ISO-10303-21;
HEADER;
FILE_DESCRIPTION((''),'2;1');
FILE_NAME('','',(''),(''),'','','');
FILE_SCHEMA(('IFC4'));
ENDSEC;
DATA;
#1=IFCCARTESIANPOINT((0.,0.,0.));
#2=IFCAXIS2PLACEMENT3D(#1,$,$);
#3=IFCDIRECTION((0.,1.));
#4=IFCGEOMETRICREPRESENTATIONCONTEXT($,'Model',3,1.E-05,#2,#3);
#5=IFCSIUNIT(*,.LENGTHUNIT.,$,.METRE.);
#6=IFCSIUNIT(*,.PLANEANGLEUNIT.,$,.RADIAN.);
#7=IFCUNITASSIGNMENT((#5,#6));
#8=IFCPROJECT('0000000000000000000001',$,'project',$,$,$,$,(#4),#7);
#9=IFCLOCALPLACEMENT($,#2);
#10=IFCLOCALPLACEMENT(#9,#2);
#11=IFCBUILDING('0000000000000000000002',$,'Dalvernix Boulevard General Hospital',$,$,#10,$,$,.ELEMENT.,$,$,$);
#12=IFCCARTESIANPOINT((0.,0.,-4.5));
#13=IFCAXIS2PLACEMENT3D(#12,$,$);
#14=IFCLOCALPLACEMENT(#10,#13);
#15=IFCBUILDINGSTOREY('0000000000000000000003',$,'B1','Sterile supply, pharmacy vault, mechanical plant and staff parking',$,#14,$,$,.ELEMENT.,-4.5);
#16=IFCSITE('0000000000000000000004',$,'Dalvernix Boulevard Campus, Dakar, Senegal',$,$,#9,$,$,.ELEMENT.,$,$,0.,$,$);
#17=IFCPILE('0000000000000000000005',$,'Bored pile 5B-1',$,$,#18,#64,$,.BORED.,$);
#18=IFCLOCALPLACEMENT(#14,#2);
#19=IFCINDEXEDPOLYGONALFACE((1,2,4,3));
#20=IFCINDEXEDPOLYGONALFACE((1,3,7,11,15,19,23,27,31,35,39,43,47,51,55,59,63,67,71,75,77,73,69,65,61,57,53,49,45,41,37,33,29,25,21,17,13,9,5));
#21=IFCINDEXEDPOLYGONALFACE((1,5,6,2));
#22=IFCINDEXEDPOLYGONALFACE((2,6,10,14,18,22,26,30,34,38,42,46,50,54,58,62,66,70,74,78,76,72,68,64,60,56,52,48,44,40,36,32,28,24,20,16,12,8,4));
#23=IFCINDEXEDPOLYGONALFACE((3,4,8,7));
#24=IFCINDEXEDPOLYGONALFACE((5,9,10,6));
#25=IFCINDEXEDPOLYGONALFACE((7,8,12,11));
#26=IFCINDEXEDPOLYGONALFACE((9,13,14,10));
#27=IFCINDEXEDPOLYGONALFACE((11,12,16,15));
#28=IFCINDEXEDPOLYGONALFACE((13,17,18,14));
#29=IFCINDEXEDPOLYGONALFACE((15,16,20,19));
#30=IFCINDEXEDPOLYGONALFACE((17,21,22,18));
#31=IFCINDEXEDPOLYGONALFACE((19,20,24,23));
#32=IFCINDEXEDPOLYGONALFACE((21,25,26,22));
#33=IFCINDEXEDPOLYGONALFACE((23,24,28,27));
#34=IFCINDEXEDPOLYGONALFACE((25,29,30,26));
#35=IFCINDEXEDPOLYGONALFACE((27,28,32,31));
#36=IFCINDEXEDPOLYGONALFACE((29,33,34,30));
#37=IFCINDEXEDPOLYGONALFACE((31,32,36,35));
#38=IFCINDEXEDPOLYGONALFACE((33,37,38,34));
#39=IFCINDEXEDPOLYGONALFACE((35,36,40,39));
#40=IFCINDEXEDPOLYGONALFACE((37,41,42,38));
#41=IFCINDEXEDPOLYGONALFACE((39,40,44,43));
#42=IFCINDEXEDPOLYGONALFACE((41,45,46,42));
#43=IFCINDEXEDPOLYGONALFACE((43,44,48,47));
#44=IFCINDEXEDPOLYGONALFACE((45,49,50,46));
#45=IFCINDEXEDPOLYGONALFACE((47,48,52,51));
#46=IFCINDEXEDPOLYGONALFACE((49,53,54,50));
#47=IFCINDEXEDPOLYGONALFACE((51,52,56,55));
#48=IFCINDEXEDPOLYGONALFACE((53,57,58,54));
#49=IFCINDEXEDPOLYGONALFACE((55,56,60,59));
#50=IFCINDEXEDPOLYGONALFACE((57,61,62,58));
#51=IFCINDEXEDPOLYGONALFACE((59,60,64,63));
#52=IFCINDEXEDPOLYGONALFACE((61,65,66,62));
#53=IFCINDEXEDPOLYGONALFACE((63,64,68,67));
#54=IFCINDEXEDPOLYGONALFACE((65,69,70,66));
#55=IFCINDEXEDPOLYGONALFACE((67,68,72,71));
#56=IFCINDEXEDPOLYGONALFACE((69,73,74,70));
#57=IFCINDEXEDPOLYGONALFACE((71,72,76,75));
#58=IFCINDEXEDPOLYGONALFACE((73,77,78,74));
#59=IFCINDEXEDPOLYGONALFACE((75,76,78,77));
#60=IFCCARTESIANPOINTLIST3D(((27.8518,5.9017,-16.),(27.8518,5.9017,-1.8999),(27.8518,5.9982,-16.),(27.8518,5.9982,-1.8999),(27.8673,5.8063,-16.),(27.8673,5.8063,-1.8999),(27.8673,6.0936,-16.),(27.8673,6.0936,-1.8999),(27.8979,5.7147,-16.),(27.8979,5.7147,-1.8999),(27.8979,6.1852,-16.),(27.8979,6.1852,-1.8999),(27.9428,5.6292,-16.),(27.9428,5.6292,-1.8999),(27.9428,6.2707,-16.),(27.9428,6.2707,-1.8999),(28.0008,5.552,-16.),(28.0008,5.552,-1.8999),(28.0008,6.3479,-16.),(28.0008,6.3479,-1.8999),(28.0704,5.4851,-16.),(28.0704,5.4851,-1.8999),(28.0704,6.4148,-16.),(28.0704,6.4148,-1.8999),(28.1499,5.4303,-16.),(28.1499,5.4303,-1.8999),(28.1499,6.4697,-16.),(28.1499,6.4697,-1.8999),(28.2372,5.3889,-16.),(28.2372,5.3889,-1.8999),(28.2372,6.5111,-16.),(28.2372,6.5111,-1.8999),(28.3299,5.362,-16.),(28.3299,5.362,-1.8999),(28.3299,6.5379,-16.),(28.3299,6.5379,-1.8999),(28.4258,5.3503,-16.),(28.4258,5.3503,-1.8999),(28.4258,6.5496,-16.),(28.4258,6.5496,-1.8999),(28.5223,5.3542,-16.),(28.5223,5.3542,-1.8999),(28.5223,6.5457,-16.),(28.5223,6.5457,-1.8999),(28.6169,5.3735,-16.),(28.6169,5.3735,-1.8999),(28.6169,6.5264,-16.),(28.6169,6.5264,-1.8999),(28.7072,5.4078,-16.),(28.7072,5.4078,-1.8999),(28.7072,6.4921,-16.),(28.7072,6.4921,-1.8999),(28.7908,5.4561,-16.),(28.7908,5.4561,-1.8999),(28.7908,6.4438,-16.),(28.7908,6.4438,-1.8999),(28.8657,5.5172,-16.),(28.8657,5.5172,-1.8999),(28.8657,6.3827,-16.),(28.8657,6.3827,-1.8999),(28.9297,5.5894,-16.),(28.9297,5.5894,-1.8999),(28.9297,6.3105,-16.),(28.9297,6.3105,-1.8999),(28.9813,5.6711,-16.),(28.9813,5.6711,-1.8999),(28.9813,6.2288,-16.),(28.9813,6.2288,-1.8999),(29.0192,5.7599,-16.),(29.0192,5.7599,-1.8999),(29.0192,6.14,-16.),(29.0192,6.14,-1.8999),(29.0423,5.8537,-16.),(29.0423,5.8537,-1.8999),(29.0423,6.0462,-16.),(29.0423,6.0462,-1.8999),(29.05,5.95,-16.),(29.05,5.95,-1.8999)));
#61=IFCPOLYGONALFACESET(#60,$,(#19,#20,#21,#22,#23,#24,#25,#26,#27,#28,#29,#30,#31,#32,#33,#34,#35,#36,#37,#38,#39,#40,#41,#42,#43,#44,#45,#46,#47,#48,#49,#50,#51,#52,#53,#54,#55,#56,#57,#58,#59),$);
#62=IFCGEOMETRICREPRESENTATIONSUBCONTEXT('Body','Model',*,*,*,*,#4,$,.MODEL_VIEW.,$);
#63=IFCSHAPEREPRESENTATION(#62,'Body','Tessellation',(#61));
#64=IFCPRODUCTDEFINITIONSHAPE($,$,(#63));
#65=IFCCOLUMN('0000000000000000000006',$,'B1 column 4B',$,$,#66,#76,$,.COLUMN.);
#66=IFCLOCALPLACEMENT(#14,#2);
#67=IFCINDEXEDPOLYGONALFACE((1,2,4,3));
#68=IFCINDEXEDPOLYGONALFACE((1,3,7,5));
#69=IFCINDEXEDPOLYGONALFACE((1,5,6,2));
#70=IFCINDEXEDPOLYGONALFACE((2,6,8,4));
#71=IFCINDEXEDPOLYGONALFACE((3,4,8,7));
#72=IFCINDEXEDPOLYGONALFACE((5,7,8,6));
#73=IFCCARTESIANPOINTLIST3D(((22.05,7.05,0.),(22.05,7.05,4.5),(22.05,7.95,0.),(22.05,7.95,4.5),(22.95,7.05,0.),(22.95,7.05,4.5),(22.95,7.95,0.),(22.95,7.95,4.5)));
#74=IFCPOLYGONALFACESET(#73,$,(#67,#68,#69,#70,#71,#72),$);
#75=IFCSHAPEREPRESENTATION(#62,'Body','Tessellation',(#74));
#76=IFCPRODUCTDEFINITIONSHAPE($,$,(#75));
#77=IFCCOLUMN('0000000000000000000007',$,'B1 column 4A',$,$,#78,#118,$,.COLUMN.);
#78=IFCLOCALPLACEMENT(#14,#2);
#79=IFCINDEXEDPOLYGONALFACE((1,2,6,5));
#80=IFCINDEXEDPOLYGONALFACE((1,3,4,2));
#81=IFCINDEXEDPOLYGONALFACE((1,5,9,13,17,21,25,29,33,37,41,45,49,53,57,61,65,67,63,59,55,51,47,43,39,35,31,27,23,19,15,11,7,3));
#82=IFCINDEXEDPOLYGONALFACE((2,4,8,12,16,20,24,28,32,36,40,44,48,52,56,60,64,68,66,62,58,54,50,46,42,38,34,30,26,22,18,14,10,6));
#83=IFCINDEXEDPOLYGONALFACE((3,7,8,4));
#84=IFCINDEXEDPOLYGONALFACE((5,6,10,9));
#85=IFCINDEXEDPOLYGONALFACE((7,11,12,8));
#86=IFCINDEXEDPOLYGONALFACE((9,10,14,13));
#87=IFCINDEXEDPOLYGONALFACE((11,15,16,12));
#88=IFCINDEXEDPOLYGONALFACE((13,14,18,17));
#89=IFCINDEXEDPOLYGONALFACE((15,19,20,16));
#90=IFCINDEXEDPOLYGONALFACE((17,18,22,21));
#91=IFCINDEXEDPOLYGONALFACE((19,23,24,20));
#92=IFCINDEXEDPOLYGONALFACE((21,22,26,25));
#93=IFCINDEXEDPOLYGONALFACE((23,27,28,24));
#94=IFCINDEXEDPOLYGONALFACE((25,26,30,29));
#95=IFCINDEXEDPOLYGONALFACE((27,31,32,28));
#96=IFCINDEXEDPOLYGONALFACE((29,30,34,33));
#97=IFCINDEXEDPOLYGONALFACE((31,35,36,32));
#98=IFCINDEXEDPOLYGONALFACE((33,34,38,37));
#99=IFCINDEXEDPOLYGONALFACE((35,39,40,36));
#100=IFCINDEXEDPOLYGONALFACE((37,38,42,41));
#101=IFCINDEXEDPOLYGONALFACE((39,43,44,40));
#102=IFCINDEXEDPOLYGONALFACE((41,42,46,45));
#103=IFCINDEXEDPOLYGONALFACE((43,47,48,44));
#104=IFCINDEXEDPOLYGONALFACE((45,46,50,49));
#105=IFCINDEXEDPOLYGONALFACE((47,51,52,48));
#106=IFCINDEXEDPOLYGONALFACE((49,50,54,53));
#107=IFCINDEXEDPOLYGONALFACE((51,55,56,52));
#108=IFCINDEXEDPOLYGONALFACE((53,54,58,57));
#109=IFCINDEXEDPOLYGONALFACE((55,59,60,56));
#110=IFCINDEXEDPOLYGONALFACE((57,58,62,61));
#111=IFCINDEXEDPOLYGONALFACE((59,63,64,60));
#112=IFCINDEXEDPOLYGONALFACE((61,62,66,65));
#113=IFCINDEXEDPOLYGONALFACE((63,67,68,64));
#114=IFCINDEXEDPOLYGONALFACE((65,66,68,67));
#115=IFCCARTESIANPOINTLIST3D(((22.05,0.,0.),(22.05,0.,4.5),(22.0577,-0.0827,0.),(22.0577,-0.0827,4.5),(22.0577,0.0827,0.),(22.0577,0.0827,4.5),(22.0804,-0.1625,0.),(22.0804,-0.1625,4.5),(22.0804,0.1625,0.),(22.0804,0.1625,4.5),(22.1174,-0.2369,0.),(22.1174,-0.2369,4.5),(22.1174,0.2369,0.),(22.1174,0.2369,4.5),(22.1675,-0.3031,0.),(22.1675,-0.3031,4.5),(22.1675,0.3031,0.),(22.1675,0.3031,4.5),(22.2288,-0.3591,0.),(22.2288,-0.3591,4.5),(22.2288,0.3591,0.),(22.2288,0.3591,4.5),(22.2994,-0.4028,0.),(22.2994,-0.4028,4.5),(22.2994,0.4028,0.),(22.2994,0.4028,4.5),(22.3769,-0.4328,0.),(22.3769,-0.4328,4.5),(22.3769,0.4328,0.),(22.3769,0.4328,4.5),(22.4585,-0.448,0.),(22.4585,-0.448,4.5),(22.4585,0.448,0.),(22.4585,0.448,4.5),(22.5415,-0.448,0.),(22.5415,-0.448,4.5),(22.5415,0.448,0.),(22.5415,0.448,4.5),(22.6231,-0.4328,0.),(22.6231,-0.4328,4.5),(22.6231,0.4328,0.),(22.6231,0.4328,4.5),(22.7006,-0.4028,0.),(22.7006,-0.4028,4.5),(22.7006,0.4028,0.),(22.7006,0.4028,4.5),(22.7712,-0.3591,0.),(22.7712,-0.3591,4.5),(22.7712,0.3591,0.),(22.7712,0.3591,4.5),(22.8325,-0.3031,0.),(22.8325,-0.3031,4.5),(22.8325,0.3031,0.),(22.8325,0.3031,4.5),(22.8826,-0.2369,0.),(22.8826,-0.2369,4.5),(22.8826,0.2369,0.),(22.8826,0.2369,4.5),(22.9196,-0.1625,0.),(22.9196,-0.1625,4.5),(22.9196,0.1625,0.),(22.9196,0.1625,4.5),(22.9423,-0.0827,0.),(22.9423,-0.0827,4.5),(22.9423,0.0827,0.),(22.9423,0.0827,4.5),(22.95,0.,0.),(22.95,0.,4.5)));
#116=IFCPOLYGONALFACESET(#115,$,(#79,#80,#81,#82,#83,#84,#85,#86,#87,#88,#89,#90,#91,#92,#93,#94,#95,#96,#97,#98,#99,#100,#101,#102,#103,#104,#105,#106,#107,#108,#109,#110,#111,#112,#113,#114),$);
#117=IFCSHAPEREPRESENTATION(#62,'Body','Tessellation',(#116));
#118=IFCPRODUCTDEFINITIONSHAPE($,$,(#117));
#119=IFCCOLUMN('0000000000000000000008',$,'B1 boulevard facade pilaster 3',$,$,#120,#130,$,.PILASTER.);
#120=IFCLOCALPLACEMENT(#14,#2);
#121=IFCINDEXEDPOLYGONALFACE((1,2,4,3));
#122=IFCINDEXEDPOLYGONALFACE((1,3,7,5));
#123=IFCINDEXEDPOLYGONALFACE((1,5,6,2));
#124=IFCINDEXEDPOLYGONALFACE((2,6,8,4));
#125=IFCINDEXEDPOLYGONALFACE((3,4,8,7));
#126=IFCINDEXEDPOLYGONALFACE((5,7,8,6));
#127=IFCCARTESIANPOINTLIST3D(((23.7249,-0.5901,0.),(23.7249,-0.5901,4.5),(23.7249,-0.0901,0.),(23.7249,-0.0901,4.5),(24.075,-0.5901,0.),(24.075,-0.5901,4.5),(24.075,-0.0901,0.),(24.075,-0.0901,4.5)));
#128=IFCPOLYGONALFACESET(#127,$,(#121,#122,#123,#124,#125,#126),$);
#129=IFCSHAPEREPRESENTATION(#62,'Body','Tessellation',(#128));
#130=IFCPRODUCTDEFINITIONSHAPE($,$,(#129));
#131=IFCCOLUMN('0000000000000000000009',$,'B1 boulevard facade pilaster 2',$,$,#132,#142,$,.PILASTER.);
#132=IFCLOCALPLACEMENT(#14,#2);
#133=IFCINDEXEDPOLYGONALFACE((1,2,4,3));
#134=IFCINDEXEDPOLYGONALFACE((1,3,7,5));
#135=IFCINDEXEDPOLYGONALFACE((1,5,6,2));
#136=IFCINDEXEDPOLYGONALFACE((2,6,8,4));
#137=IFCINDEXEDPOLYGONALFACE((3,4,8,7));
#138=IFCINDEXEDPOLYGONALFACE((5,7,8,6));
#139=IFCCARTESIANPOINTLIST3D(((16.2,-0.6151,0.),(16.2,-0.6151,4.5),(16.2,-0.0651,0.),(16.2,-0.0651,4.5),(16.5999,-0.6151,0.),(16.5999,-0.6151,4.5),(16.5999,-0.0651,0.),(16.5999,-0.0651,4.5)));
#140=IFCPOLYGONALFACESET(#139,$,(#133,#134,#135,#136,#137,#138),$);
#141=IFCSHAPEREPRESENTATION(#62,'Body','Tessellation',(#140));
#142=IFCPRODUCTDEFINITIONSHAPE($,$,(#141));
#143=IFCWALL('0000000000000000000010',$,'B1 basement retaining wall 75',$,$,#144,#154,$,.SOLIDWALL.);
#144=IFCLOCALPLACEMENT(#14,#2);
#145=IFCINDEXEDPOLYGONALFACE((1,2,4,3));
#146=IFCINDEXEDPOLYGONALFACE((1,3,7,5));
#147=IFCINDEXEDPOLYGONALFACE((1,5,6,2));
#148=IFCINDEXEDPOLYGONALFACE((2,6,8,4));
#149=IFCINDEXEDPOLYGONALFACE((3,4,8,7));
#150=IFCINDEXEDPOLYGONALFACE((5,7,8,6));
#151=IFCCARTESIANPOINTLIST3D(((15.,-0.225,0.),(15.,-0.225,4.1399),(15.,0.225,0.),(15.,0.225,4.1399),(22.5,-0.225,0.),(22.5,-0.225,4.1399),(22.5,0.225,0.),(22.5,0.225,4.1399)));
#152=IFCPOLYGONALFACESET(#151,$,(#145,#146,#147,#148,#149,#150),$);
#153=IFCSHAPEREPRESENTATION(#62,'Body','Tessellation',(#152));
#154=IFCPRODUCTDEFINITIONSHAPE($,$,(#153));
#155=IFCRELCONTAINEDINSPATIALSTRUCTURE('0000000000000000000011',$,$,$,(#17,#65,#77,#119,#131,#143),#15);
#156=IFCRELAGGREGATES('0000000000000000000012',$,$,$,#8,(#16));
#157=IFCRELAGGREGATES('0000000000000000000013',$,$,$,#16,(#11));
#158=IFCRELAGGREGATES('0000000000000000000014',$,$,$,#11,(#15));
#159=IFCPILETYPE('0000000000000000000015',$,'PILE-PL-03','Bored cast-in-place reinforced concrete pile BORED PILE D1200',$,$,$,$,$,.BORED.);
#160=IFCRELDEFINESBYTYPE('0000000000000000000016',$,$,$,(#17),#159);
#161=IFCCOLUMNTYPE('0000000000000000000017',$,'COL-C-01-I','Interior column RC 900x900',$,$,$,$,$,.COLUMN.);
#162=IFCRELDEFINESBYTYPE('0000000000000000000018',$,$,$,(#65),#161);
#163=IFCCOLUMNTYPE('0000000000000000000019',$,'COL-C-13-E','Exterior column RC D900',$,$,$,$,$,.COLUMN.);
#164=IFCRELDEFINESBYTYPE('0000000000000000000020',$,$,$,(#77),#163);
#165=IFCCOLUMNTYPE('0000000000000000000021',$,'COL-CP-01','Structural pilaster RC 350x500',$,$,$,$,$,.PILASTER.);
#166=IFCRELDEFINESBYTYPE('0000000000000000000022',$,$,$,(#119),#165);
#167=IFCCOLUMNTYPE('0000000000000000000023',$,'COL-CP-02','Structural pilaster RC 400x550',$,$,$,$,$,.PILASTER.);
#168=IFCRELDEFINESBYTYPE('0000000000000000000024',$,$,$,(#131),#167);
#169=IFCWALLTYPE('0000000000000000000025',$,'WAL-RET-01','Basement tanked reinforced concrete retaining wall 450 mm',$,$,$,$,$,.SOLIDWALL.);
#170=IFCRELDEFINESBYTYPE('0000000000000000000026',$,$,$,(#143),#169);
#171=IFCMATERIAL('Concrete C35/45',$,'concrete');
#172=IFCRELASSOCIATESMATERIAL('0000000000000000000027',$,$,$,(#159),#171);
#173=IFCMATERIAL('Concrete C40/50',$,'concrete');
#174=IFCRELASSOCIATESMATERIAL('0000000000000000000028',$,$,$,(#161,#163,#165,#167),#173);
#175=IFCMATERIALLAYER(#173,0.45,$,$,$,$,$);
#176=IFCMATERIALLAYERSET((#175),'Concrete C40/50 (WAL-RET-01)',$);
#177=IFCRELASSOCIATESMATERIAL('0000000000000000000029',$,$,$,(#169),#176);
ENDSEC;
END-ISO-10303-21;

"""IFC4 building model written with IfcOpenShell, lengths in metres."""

from ifc_helpers import new_model, si_unit, direction, frame, frame_2d, origin, origin_2d, place, context, subcontext, project, spatial, rectangle, circle, extrude, material, layer, layer_set, material_profile, profile_set, type_object, element, save


model = new_model("IFC4")

# Units and contexts
model_context = context("Model", 3, precision=1e-05, world=origin(), true_north=direction((0.0, 1.0)))
body_context = subcontext(model_context, "Body", "Model", "MODEL_VIEW")
ifc_project = project(units=[si_unit("LENGTHUNIT", "METRE"), si_unit("PLANEANGLEUNIT", "RADIAN")], contexts=[model_context])

# Site, building, storey
site_placement = place(None, origin())
site = spatial("IfcSite", under=ifc_project, at=site_placement, Name="Dalvernix Boulevard Campus, Dakar, Senegal", CompositionType="ELEMENT", RefElevation=0.0)
building_placement = place(site_placement, origin())
building = spatial("IfcBuilding", under=site, at=building_placement, Name="Dalvernix Boulevard General Hospital", CompositionType="ELEMENT")
storey_placement = place(building_placement, frame((0.0, 0.0, -4.5)))
storey = spatial("IfcBuildingStorey", under=building, at=storey_placement, Name="B1", Description="Sterile supply, pharmacy vault, mechanical plant and staff parking", CompositionType="ELEMENT", Elevation=-4.5)

# Shared definitions
ifc_material_1 = material(Name="Concrete C35/45", Category="concrete")
ifc_material_2 = material(Name="Concrete C40/50", Category="concrete")

# Pile
ifc_material_profile_1 = material_profile(ifc_material_1, circle(Radius=0.6001, at=origin_2d()), Name="BORED PILE D1200")
ifc_profile_set_1 = profile_set([ifc_material_profile_1], Name="Concrete C35/45")
pile_type_1 = type_object("IfcPileType", Name="PILE-PL-03", Description="Bored cast-in-place reinforced concrete pile BORED PILE D1200", PredefinedType="BORED", material=ifc_profile_set_1)
for number, where, z_axis, x_axis, name in (
    (1, (28.45, 5.95, -1.8999), (0.0, 0.0, -1.0), (1.0, 0.0, 0.0), "Bored pile 5B-1"),
):
    element("IfcPile", number, at=place(storey_placement, frame(where, z_axis=z_axis, x_axis=x_axis)), inside=storey, type_object=pile_type_1, Name=name, PredefinedType="BORED", context=body_context, shape_type="SweptSolid", body=[
        extrude(circle(Radius=0.6001, at=origin_2d()), origin(), (0.0, 0.0, 1.0), 14.1001),
    ])

# Columns
ifc_material_profile_2 = material_profile(ifc_material_2, rectangle(XDim=0.8999, YDim=0.8999, at=origin_2d()), Name="RC 900x900")
ifc_profile_set_2 = profile_set([ifc_material_profile_2], Name="Concrete C40/50")
column_type_1 = type_object("IfcColumnType", Name="COL-C-01-I", Description="Interior column RC 900x900", PredefinedType="COLUMN", material=ifc_profile_set_2)
column_1_placement = place(storey_placement, frame((22.5, 7.5, 0.0), z_axis=(0.0, 0.0, 1.0), x_axis=(1.0, 0.0, 0.0)))
element("IfcColumn", 2, at=column_1_placement, inside=storey, type_object=column_type_1, Name="B1 column 4B", PredefinedType="COLUMN", context=body_context, shape_type="SweptSolid", body=[
    extrude(rectangle(XDim=0.8999, YDim=0.8999, at=origin_2d()), origin(), (0.0, 0.0, 1.0), 4.5),
])
ifc_material_profile_3 = material_profile(ifc_material_2, circle(Radius=0.45, at=origin_2d()), Name="RC D900")
ifc_profile_set_3 = profile_set([ifc_material_profile_3], Name="Concrete C40/50")
column_type_2 = type_object("IfcColumnType", Name="COL-C-13-E", Description="Exterior column RC D900", PredefinedType="COLUMN", material=ifc_profile_set_3)
column_2_placement = place(storey_placement, frame((22.5, 0.0, 0.0), z_axis=(0.0, 0.0, 1.0), x_axis=(1.0, 0.0, 0.0)))
element("IfcColumn", 3, at=column_2_placement, inside=storey, type_object=column_type_2, Name="B1 column 4A", PredefinedType="COLUMN", context=body_context, shape_type="SweptSolid", body=[
    extrude(circle(Radius=0.45, at=origin_2d()), origin(), (0.0, 0.0, 1.0), 4.5),
])
ifc_material_profile_4 = material_profile(ifc_material_2, rectangle(XDim=0.3501, YDim=0.5, at=origin_2d()), Name="RC 350x500")
ifc_profile_set_4 = profile_set([ifc_material_profile_4], Name="Concrete C40/50")
column_type_3 = type_object("IfcColumnType", Name="COL-CP-01", Description="Structural pilaster RC 350x500", PredefinedType="PILASTER", material=ifc_profile_set_4)
column_3_placement = place(storey_placement, frame((23.8999, -0.3401, 0.0), z_axis=(0.0, 0.0, 1.0), x_axis=(1.0, 0.0, 0.0)))
element("IfcColumn", 4, at=column_3_placement, inside=storey, type_object=column_type_3, Name="B1 boulevard facade pilaster 3", PredefinedType="PILASTER", context=body_context, shape_type="SweptSolid", body=[
    extrude(rectangle(XDim=0.3501, YDim=0.5, at=origin_2d()), origin(), (0.0, 0.0, 1.0), 4.5),
])
ifc_material_profile_5 = material_profile(ifc_material_2, rectangle(XDim=0.3999, YDim=0.55, at=origin_2d()), Name="RC 400x550")
ifc_profile_set_5 = profile_set([ifc_material_profile_5], Name="Concrete C40/50")
column_type_4 = type_object("IfcColumnType", Name="COL-CP-02", Description="Structural pilaster RC 400x550", PredefinedType="PILASTER", material=ifc_profile_set_5)
column_4_placement = place(storey_placement, frame((16.3999, -0.3401, 0.0), z_axis=(0.0, 0.0, 1.0), x_axis=(1.0, 0.0, 0.0)))
element("IfcColumn", 5, at=column_4_placement, inside=storey, type_object=column_type_4, Name="B1 boulevard facade pilaster 2", PredefinedType="PILASTER", context=body_context, shape_type="SweptSolid", body=[
    extrude(rectangle(XDim=0.3999, YDim=0.55, at=origin_2d()), origin(), (0.0, 0.0, 1.0), 4.5),
])

# Wall
ifc_layer = layer(ifc_material_2, 0.45)
ifc_layer_set = layer_set([ifc_layer], Name="Concrete C40/50 (WAL-RET-01)")
wall_type = type_object("IfcWallType", Name="WAL-RET-01", Description="Basement tanked reinforced concrete retaining wall 450 mm", PredefinedType="SOLIDWALL", material=ifc_layer_set)
wall_placement = place(storey_placement, frame((22.5, 0.0, 0.0), z_axis=(0.0, 0.0, 1.0), x_axis=(-1.0, 0.0, 0.0)))
element("IfcWall", 6, at=wall_placement, inside=storey, type_object=wall_type, Name="B1 basement retaining wall 75", PredefinedType="SOLIDWALL", context=body_context, shape_type="SweptSolid", body=[
    extrude(rectangle(XDim=7.5, YDim=0.45, at=frame_2d((3.75, 0.0))), origin(), (0.0, 0.0, 1.0), 4.1399),
])

save(model, "model.ifc")
